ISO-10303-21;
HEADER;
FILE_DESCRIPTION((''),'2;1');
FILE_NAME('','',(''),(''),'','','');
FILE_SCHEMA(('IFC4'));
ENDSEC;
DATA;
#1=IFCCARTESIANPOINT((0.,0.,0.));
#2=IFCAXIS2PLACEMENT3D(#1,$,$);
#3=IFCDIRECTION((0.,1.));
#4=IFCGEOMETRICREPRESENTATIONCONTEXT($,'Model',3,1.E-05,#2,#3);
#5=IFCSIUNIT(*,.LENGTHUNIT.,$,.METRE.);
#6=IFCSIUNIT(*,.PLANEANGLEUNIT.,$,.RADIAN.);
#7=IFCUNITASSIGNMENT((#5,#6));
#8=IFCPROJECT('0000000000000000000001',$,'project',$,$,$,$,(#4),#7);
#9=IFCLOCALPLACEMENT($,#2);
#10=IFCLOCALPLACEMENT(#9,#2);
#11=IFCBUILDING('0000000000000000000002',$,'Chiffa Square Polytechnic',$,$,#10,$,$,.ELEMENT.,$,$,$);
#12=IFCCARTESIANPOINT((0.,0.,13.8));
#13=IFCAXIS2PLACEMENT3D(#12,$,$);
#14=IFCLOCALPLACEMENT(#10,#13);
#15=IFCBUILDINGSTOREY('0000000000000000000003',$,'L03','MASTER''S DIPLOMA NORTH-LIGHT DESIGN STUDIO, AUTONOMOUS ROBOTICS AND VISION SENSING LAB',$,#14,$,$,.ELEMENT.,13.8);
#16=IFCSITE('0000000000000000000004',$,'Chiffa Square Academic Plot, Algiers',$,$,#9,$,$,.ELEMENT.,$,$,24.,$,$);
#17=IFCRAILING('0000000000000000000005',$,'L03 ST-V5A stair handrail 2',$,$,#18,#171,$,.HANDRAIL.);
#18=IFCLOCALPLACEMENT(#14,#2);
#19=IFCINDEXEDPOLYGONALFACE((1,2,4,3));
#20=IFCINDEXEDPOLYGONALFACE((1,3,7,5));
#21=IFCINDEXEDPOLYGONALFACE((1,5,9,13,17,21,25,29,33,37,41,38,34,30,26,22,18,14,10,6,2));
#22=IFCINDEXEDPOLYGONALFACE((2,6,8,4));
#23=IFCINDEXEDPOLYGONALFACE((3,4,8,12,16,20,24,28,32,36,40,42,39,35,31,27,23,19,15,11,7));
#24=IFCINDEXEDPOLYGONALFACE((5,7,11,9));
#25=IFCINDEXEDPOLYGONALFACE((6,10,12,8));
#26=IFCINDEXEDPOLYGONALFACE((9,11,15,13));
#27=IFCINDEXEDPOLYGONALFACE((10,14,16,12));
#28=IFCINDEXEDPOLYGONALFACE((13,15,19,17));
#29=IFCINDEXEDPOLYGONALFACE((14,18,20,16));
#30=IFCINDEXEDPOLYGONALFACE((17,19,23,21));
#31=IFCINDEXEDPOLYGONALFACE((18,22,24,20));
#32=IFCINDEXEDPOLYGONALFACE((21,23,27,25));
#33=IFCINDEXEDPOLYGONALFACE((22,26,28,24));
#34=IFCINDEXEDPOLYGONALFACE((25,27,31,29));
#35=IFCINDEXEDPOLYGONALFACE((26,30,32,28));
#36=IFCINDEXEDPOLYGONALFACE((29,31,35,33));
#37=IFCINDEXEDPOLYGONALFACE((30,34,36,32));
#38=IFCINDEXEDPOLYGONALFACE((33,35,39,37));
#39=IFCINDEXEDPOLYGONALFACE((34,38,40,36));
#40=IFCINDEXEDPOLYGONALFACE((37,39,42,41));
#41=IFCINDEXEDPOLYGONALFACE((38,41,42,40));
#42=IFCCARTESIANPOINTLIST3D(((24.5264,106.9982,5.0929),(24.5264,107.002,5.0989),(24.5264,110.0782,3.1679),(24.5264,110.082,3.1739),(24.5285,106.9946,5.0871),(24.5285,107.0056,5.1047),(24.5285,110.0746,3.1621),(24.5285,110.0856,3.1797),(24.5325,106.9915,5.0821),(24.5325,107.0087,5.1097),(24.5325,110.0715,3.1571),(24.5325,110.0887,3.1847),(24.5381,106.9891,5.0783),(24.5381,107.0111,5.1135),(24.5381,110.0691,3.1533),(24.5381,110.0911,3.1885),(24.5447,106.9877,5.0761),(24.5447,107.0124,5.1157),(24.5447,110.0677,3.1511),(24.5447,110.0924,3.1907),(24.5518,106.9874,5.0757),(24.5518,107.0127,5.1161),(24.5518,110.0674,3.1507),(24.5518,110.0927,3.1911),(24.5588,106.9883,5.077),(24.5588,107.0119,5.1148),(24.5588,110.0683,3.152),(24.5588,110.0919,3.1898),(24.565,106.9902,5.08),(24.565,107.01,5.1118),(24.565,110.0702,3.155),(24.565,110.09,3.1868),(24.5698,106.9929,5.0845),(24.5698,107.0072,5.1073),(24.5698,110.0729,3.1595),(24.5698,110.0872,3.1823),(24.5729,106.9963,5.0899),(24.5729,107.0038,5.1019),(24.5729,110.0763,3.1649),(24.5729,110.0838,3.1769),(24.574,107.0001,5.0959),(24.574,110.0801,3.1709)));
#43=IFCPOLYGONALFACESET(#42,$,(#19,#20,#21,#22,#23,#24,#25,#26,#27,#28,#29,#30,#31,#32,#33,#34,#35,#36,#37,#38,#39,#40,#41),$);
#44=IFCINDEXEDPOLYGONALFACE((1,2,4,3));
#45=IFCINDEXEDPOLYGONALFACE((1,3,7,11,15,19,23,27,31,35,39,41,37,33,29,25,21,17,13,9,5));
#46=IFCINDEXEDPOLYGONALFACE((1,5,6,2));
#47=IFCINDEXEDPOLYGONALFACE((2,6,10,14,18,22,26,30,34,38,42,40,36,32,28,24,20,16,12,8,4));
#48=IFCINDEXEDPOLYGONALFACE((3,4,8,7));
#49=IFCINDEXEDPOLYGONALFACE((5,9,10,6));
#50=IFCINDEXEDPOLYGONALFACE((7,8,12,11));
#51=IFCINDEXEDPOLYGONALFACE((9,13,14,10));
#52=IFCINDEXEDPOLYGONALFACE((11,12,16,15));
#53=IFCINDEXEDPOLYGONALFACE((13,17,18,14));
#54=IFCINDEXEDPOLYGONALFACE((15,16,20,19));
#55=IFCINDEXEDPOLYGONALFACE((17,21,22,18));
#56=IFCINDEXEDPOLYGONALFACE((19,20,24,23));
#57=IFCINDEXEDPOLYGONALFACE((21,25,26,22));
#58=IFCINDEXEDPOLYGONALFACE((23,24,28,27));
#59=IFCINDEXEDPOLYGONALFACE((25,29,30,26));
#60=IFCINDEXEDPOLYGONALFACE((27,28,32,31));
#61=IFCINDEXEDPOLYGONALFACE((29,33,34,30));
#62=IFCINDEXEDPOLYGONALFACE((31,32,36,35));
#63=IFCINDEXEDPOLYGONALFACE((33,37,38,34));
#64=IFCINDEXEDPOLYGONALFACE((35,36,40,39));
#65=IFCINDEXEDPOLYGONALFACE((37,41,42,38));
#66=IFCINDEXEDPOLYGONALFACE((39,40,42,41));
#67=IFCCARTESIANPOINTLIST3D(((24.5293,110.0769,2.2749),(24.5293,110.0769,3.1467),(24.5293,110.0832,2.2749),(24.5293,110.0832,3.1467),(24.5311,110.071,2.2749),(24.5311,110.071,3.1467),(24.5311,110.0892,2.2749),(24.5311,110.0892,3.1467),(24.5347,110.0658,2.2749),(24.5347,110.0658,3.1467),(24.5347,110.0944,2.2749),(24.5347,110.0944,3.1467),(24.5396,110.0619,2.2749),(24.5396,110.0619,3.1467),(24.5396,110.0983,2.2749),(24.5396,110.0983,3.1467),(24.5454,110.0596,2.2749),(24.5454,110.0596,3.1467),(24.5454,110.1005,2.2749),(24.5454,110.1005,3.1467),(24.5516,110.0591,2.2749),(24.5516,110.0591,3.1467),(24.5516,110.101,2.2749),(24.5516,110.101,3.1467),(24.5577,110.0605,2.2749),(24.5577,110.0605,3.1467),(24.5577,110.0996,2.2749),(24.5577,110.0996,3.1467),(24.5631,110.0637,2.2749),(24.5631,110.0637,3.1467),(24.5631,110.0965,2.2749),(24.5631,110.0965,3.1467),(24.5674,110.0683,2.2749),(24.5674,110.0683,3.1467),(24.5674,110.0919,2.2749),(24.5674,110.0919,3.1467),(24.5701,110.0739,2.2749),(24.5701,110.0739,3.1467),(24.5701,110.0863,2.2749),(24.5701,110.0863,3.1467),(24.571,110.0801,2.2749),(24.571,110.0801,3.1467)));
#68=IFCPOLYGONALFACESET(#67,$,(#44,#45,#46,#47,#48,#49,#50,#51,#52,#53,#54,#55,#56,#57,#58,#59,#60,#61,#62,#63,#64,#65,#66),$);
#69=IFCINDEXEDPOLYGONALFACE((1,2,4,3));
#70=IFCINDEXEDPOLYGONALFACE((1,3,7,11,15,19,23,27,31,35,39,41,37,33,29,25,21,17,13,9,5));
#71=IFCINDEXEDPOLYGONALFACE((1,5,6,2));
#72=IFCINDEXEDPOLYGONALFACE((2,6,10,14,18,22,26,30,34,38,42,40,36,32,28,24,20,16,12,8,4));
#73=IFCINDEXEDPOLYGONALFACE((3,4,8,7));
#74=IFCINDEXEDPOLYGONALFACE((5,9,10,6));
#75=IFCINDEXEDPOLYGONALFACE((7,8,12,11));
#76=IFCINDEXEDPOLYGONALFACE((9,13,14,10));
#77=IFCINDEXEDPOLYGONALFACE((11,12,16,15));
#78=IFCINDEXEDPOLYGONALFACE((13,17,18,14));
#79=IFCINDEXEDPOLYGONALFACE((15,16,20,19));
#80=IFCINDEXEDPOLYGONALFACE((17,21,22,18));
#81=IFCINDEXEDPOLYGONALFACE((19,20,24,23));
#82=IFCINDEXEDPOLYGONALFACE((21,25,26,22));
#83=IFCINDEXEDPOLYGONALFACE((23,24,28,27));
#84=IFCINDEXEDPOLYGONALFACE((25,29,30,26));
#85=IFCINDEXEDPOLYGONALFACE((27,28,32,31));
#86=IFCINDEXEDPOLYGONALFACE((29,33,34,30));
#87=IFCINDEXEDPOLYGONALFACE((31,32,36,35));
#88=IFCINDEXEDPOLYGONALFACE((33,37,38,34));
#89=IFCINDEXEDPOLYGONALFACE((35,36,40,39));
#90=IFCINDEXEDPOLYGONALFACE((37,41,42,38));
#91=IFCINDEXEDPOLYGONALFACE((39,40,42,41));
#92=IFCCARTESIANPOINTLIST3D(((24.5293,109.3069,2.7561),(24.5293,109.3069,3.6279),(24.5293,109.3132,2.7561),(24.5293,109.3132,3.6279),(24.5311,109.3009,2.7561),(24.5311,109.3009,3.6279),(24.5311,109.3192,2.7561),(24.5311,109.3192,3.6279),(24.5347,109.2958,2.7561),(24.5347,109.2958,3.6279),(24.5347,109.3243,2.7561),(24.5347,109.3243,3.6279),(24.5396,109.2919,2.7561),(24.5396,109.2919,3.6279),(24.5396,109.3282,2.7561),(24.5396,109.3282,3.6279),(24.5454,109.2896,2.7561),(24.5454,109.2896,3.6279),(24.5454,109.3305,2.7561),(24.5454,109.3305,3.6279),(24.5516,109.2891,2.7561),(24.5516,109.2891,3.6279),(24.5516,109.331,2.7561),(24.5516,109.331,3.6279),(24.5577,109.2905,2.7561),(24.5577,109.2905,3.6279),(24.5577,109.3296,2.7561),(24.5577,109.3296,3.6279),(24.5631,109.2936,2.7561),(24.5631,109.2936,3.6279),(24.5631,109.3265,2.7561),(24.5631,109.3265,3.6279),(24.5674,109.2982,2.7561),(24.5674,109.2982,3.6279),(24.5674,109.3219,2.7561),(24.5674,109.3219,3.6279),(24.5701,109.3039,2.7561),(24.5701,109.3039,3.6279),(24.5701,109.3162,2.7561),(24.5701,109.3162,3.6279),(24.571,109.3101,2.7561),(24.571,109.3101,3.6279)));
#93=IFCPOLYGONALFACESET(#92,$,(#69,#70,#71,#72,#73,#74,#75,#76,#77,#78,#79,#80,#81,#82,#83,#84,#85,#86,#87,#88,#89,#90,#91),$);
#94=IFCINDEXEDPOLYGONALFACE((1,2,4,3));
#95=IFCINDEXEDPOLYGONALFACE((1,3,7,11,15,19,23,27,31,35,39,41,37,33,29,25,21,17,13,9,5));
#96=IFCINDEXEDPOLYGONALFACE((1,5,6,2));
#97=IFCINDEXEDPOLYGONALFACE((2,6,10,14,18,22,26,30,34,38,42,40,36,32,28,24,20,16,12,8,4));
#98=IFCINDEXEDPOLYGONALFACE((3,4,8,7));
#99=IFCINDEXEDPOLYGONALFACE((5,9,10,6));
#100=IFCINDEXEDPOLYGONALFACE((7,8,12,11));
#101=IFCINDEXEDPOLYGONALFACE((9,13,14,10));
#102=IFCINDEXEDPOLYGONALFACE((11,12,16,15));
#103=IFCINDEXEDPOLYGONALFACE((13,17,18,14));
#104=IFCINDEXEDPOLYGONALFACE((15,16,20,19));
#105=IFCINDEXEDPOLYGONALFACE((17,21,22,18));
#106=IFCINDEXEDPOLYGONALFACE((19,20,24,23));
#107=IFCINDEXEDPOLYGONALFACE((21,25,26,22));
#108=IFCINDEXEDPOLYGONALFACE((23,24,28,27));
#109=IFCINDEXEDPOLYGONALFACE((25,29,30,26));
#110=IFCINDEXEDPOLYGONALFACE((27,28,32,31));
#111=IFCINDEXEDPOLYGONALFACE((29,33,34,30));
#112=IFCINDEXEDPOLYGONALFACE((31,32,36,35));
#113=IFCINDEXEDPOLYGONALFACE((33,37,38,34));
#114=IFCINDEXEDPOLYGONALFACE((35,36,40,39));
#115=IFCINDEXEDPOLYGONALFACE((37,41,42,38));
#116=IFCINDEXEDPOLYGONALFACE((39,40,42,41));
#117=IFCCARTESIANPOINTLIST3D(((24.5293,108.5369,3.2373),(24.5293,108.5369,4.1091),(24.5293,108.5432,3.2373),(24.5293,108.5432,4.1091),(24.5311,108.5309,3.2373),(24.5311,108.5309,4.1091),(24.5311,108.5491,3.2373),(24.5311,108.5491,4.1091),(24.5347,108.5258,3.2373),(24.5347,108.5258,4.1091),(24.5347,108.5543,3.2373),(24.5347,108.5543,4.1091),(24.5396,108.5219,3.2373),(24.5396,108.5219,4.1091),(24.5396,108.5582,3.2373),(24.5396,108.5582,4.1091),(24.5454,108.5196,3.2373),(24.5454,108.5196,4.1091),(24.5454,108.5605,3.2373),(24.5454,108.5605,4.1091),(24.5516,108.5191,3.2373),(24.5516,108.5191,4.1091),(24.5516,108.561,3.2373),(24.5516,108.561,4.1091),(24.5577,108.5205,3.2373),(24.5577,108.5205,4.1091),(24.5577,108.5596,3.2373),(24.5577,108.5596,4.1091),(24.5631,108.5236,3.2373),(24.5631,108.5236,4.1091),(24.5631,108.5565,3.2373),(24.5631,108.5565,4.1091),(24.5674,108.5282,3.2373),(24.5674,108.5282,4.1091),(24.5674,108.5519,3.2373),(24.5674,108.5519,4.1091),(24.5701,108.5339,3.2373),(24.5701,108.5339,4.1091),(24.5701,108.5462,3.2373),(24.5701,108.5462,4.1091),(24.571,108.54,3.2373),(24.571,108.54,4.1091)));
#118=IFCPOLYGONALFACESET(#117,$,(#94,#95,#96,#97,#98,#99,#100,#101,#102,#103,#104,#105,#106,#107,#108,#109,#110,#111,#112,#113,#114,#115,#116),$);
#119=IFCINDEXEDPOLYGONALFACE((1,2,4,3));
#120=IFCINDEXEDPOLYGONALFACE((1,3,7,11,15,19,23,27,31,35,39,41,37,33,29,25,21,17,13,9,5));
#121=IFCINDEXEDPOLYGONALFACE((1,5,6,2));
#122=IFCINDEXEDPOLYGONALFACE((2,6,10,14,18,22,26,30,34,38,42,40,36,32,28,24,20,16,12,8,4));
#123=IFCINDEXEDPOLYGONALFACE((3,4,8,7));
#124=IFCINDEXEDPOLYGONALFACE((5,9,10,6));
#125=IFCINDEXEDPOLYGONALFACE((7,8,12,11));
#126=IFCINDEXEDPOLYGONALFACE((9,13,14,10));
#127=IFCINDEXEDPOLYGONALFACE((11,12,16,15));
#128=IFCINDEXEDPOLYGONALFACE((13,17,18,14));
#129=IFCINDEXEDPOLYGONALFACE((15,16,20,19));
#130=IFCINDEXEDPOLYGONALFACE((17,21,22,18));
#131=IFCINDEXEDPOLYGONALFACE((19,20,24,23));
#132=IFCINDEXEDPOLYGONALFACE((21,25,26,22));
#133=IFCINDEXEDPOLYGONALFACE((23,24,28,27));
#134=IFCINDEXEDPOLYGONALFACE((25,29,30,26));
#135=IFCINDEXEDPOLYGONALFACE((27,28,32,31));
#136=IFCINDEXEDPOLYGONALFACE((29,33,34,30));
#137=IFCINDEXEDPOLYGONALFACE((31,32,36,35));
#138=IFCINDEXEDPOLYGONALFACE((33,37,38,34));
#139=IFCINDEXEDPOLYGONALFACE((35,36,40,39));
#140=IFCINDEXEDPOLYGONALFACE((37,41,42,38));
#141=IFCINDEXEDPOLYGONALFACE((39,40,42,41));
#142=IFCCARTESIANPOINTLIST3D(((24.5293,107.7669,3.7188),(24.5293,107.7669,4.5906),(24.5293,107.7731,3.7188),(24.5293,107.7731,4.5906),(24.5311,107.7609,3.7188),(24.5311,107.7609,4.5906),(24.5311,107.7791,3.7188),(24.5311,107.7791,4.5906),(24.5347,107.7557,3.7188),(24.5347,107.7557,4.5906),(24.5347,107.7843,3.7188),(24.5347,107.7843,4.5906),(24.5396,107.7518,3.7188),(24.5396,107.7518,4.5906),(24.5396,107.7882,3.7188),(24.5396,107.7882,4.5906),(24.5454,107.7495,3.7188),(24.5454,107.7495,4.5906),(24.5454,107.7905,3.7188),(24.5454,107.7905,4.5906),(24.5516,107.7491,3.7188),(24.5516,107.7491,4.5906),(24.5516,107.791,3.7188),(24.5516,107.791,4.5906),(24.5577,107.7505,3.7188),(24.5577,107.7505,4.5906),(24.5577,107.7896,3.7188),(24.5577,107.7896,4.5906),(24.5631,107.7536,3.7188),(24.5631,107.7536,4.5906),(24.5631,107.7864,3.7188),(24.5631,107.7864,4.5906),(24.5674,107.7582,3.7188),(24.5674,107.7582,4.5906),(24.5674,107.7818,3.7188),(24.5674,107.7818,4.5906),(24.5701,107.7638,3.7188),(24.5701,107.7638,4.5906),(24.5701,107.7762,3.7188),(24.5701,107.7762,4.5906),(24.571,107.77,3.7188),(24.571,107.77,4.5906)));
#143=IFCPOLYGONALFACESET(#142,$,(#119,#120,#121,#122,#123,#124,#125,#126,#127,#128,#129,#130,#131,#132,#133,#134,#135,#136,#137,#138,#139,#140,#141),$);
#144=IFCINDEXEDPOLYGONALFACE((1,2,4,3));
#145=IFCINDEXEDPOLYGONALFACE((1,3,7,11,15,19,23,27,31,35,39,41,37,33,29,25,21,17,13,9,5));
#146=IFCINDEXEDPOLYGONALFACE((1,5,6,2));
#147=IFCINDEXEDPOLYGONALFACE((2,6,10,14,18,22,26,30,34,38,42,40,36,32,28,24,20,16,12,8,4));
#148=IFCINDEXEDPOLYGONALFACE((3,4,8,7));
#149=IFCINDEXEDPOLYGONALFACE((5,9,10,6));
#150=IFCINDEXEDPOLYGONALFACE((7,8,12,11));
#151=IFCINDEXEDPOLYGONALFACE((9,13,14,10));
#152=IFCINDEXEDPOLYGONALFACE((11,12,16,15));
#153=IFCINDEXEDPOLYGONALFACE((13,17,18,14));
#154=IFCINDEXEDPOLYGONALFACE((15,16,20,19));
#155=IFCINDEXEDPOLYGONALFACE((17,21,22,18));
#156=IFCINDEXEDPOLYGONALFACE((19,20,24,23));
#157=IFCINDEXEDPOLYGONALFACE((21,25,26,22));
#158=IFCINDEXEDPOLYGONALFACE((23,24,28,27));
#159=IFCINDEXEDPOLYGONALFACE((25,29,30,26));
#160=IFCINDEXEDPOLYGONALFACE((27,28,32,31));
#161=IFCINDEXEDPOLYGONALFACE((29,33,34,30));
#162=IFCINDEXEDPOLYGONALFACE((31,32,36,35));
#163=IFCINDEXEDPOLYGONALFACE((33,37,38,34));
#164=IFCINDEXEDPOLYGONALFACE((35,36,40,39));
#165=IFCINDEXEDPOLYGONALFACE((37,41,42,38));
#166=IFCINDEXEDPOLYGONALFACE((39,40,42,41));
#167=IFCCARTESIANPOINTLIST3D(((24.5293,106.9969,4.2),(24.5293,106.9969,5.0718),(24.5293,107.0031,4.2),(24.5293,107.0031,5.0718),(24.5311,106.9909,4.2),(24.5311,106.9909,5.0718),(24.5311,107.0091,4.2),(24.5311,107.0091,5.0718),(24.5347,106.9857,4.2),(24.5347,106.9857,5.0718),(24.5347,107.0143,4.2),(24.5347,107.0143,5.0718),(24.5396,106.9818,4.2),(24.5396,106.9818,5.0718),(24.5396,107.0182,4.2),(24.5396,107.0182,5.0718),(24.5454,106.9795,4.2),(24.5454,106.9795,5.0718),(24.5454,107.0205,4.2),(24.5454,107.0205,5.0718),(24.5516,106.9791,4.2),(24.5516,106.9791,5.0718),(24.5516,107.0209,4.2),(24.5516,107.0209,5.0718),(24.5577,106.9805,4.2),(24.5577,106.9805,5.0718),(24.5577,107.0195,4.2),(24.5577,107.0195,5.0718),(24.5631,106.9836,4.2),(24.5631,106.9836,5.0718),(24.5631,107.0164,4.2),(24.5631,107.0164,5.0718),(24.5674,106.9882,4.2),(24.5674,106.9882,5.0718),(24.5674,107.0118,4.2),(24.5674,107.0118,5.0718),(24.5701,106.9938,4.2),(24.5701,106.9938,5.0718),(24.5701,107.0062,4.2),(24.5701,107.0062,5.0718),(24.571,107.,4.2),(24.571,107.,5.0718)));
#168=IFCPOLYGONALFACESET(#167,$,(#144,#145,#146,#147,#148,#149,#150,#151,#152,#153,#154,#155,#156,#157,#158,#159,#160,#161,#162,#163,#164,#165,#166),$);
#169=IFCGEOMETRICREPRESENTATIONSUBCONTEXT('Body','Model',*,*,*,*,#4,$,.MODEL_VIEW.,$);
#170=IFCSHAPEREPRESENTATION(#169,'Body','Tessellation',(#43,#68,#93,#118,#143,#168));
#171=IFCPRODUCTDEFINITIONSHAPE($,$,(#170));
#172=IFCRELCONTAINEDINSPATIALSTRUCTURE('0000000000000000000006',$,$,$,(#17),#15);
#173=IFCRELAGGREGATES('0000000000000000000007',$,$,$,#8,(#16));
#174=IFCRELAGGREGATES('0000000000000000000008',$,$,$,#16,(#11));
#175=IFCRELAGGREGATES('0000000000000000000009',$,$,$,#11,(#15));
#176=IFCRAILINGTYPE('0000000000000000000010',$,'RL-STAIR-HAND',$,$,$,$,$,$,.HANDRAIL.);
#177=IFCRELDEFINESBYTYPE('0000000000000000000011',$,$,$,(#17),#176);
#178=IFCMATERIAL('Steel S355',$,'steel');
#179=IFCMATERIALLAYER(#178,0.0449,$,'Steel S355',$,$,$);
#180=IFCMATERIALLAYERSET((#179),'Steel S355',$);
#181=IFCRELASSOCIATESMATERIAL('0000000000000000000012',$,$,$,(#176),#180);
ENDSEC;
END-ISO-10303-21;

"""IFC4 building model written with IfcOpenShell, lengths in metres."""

from ifc_helpers import new_model, si_unit, direction, frame, origin, origin_2d, place, context, subcontext, project, spatial, circle, extrude, material, layer, layer_set, type_object, element, save


model = new_model("IFC4")

# Units and contexts
model_context = context("Model", 3, precision=1e-05, world=origin(), true_north=direction((0.0, 1.0)))
body_context = subcontext(model_context, "Body", "Model", "MODEL_VIEW")
ifc_project = project(units=[si_unit("LENGTHUNIT", "METRE"), si_unit("PLANEANGLEUNIT", "RADIAN")], contexts=[model_context])

# Site, building, storey
site_placement = place(None, origin())
site = spatial("IfcSite", under=ifc_project, at=site_placement, Name="Chiffa Square Academic Plot, Algiers", CompositionType="ELEMENT", RefElevation=24.0)
building_placement = place(site_placement, origin())
building = spatial("IfcBuilding", under=site, at=building_placement, Name="Chiffa Square Polytechnic", CompositionType="ELEMENT")
storey_placement = place(building_placement, frame((0.0, 0.0, 13.8)))
storey = spatial("IfcBuildingStorey", under=building, at=storey_placement, Name="L03", Description="MASTER'S DIPLOMA NORTH-LIGHT DESIGN STUDIO, AUTONOMOUS ROBOTICS AND VISION SENSING LAB", CompositionType="ELEMENT", Elevation=13.8)

# Railing
ifc_material_1 = material(Name="Steel S355", Category="steel")
ifc_layer_1 = layer(ifc_material_1, 0.0449, Name="Steel S355")
ifc_layer_set_1 = layer_set([ifc_layer_1], Name="Steel S355")
railing_type_1 = type_object("IfcRailingType", Name="RL-STAIR-HAND", PredefinedType="HANDRAIL", material=ifc_layer_set_1)
railing_1_placement = place(storey_placement, frame((24.55, 110.0801, 2.2749)))
element("IfcRailing", 1, at=railing_1_placement, inside=storey, type_object=railing_type_1, Name="L03 ST-V5A stair handrail 2", PredefinedType="HANDRAIL", context=body_context, shape_type="SweptSolid", body=[
    extrude(circle(Radius=0.0239, at=origin_2d()), frame((0.0, 0.0, 0.896), z_axis=(0.0, -0.847998, 0.529999), x_axis=(1.0, 0.0, 0.0)), (0.0, 0.0, 1.0), 3.6321),
    extrude(circle(Radius=0.021, at=origin_2d()), origin(), (0.0, 0.0, 1.0), 0.8718),
    extrude(circle(Radius=0.021, at=origin_2d()), frame((0.0, -0.77, 0.4812)), (0.0, 0.0, 1.0), 0.8718),
    extrude(circle(Radius=0.021, at=origin_2d()), frame((0.0, -1.54, 0.9624)), (0.0, 0.0, 1.0), 0.8718),
    extrude(circle(Radius=0.021, at=origin_2d()), frame((0.0, -2.3101, 1.4438)), (0.0, 0.0, 1.0), 0.8718),
    extrude(circle(Radius=0.021, at=origin_2d()), frame((0.0, -3.0801, 1.925)), (0.0, 0.0, 1.0), 0.8718),
])

save(model, "model.ifc")
